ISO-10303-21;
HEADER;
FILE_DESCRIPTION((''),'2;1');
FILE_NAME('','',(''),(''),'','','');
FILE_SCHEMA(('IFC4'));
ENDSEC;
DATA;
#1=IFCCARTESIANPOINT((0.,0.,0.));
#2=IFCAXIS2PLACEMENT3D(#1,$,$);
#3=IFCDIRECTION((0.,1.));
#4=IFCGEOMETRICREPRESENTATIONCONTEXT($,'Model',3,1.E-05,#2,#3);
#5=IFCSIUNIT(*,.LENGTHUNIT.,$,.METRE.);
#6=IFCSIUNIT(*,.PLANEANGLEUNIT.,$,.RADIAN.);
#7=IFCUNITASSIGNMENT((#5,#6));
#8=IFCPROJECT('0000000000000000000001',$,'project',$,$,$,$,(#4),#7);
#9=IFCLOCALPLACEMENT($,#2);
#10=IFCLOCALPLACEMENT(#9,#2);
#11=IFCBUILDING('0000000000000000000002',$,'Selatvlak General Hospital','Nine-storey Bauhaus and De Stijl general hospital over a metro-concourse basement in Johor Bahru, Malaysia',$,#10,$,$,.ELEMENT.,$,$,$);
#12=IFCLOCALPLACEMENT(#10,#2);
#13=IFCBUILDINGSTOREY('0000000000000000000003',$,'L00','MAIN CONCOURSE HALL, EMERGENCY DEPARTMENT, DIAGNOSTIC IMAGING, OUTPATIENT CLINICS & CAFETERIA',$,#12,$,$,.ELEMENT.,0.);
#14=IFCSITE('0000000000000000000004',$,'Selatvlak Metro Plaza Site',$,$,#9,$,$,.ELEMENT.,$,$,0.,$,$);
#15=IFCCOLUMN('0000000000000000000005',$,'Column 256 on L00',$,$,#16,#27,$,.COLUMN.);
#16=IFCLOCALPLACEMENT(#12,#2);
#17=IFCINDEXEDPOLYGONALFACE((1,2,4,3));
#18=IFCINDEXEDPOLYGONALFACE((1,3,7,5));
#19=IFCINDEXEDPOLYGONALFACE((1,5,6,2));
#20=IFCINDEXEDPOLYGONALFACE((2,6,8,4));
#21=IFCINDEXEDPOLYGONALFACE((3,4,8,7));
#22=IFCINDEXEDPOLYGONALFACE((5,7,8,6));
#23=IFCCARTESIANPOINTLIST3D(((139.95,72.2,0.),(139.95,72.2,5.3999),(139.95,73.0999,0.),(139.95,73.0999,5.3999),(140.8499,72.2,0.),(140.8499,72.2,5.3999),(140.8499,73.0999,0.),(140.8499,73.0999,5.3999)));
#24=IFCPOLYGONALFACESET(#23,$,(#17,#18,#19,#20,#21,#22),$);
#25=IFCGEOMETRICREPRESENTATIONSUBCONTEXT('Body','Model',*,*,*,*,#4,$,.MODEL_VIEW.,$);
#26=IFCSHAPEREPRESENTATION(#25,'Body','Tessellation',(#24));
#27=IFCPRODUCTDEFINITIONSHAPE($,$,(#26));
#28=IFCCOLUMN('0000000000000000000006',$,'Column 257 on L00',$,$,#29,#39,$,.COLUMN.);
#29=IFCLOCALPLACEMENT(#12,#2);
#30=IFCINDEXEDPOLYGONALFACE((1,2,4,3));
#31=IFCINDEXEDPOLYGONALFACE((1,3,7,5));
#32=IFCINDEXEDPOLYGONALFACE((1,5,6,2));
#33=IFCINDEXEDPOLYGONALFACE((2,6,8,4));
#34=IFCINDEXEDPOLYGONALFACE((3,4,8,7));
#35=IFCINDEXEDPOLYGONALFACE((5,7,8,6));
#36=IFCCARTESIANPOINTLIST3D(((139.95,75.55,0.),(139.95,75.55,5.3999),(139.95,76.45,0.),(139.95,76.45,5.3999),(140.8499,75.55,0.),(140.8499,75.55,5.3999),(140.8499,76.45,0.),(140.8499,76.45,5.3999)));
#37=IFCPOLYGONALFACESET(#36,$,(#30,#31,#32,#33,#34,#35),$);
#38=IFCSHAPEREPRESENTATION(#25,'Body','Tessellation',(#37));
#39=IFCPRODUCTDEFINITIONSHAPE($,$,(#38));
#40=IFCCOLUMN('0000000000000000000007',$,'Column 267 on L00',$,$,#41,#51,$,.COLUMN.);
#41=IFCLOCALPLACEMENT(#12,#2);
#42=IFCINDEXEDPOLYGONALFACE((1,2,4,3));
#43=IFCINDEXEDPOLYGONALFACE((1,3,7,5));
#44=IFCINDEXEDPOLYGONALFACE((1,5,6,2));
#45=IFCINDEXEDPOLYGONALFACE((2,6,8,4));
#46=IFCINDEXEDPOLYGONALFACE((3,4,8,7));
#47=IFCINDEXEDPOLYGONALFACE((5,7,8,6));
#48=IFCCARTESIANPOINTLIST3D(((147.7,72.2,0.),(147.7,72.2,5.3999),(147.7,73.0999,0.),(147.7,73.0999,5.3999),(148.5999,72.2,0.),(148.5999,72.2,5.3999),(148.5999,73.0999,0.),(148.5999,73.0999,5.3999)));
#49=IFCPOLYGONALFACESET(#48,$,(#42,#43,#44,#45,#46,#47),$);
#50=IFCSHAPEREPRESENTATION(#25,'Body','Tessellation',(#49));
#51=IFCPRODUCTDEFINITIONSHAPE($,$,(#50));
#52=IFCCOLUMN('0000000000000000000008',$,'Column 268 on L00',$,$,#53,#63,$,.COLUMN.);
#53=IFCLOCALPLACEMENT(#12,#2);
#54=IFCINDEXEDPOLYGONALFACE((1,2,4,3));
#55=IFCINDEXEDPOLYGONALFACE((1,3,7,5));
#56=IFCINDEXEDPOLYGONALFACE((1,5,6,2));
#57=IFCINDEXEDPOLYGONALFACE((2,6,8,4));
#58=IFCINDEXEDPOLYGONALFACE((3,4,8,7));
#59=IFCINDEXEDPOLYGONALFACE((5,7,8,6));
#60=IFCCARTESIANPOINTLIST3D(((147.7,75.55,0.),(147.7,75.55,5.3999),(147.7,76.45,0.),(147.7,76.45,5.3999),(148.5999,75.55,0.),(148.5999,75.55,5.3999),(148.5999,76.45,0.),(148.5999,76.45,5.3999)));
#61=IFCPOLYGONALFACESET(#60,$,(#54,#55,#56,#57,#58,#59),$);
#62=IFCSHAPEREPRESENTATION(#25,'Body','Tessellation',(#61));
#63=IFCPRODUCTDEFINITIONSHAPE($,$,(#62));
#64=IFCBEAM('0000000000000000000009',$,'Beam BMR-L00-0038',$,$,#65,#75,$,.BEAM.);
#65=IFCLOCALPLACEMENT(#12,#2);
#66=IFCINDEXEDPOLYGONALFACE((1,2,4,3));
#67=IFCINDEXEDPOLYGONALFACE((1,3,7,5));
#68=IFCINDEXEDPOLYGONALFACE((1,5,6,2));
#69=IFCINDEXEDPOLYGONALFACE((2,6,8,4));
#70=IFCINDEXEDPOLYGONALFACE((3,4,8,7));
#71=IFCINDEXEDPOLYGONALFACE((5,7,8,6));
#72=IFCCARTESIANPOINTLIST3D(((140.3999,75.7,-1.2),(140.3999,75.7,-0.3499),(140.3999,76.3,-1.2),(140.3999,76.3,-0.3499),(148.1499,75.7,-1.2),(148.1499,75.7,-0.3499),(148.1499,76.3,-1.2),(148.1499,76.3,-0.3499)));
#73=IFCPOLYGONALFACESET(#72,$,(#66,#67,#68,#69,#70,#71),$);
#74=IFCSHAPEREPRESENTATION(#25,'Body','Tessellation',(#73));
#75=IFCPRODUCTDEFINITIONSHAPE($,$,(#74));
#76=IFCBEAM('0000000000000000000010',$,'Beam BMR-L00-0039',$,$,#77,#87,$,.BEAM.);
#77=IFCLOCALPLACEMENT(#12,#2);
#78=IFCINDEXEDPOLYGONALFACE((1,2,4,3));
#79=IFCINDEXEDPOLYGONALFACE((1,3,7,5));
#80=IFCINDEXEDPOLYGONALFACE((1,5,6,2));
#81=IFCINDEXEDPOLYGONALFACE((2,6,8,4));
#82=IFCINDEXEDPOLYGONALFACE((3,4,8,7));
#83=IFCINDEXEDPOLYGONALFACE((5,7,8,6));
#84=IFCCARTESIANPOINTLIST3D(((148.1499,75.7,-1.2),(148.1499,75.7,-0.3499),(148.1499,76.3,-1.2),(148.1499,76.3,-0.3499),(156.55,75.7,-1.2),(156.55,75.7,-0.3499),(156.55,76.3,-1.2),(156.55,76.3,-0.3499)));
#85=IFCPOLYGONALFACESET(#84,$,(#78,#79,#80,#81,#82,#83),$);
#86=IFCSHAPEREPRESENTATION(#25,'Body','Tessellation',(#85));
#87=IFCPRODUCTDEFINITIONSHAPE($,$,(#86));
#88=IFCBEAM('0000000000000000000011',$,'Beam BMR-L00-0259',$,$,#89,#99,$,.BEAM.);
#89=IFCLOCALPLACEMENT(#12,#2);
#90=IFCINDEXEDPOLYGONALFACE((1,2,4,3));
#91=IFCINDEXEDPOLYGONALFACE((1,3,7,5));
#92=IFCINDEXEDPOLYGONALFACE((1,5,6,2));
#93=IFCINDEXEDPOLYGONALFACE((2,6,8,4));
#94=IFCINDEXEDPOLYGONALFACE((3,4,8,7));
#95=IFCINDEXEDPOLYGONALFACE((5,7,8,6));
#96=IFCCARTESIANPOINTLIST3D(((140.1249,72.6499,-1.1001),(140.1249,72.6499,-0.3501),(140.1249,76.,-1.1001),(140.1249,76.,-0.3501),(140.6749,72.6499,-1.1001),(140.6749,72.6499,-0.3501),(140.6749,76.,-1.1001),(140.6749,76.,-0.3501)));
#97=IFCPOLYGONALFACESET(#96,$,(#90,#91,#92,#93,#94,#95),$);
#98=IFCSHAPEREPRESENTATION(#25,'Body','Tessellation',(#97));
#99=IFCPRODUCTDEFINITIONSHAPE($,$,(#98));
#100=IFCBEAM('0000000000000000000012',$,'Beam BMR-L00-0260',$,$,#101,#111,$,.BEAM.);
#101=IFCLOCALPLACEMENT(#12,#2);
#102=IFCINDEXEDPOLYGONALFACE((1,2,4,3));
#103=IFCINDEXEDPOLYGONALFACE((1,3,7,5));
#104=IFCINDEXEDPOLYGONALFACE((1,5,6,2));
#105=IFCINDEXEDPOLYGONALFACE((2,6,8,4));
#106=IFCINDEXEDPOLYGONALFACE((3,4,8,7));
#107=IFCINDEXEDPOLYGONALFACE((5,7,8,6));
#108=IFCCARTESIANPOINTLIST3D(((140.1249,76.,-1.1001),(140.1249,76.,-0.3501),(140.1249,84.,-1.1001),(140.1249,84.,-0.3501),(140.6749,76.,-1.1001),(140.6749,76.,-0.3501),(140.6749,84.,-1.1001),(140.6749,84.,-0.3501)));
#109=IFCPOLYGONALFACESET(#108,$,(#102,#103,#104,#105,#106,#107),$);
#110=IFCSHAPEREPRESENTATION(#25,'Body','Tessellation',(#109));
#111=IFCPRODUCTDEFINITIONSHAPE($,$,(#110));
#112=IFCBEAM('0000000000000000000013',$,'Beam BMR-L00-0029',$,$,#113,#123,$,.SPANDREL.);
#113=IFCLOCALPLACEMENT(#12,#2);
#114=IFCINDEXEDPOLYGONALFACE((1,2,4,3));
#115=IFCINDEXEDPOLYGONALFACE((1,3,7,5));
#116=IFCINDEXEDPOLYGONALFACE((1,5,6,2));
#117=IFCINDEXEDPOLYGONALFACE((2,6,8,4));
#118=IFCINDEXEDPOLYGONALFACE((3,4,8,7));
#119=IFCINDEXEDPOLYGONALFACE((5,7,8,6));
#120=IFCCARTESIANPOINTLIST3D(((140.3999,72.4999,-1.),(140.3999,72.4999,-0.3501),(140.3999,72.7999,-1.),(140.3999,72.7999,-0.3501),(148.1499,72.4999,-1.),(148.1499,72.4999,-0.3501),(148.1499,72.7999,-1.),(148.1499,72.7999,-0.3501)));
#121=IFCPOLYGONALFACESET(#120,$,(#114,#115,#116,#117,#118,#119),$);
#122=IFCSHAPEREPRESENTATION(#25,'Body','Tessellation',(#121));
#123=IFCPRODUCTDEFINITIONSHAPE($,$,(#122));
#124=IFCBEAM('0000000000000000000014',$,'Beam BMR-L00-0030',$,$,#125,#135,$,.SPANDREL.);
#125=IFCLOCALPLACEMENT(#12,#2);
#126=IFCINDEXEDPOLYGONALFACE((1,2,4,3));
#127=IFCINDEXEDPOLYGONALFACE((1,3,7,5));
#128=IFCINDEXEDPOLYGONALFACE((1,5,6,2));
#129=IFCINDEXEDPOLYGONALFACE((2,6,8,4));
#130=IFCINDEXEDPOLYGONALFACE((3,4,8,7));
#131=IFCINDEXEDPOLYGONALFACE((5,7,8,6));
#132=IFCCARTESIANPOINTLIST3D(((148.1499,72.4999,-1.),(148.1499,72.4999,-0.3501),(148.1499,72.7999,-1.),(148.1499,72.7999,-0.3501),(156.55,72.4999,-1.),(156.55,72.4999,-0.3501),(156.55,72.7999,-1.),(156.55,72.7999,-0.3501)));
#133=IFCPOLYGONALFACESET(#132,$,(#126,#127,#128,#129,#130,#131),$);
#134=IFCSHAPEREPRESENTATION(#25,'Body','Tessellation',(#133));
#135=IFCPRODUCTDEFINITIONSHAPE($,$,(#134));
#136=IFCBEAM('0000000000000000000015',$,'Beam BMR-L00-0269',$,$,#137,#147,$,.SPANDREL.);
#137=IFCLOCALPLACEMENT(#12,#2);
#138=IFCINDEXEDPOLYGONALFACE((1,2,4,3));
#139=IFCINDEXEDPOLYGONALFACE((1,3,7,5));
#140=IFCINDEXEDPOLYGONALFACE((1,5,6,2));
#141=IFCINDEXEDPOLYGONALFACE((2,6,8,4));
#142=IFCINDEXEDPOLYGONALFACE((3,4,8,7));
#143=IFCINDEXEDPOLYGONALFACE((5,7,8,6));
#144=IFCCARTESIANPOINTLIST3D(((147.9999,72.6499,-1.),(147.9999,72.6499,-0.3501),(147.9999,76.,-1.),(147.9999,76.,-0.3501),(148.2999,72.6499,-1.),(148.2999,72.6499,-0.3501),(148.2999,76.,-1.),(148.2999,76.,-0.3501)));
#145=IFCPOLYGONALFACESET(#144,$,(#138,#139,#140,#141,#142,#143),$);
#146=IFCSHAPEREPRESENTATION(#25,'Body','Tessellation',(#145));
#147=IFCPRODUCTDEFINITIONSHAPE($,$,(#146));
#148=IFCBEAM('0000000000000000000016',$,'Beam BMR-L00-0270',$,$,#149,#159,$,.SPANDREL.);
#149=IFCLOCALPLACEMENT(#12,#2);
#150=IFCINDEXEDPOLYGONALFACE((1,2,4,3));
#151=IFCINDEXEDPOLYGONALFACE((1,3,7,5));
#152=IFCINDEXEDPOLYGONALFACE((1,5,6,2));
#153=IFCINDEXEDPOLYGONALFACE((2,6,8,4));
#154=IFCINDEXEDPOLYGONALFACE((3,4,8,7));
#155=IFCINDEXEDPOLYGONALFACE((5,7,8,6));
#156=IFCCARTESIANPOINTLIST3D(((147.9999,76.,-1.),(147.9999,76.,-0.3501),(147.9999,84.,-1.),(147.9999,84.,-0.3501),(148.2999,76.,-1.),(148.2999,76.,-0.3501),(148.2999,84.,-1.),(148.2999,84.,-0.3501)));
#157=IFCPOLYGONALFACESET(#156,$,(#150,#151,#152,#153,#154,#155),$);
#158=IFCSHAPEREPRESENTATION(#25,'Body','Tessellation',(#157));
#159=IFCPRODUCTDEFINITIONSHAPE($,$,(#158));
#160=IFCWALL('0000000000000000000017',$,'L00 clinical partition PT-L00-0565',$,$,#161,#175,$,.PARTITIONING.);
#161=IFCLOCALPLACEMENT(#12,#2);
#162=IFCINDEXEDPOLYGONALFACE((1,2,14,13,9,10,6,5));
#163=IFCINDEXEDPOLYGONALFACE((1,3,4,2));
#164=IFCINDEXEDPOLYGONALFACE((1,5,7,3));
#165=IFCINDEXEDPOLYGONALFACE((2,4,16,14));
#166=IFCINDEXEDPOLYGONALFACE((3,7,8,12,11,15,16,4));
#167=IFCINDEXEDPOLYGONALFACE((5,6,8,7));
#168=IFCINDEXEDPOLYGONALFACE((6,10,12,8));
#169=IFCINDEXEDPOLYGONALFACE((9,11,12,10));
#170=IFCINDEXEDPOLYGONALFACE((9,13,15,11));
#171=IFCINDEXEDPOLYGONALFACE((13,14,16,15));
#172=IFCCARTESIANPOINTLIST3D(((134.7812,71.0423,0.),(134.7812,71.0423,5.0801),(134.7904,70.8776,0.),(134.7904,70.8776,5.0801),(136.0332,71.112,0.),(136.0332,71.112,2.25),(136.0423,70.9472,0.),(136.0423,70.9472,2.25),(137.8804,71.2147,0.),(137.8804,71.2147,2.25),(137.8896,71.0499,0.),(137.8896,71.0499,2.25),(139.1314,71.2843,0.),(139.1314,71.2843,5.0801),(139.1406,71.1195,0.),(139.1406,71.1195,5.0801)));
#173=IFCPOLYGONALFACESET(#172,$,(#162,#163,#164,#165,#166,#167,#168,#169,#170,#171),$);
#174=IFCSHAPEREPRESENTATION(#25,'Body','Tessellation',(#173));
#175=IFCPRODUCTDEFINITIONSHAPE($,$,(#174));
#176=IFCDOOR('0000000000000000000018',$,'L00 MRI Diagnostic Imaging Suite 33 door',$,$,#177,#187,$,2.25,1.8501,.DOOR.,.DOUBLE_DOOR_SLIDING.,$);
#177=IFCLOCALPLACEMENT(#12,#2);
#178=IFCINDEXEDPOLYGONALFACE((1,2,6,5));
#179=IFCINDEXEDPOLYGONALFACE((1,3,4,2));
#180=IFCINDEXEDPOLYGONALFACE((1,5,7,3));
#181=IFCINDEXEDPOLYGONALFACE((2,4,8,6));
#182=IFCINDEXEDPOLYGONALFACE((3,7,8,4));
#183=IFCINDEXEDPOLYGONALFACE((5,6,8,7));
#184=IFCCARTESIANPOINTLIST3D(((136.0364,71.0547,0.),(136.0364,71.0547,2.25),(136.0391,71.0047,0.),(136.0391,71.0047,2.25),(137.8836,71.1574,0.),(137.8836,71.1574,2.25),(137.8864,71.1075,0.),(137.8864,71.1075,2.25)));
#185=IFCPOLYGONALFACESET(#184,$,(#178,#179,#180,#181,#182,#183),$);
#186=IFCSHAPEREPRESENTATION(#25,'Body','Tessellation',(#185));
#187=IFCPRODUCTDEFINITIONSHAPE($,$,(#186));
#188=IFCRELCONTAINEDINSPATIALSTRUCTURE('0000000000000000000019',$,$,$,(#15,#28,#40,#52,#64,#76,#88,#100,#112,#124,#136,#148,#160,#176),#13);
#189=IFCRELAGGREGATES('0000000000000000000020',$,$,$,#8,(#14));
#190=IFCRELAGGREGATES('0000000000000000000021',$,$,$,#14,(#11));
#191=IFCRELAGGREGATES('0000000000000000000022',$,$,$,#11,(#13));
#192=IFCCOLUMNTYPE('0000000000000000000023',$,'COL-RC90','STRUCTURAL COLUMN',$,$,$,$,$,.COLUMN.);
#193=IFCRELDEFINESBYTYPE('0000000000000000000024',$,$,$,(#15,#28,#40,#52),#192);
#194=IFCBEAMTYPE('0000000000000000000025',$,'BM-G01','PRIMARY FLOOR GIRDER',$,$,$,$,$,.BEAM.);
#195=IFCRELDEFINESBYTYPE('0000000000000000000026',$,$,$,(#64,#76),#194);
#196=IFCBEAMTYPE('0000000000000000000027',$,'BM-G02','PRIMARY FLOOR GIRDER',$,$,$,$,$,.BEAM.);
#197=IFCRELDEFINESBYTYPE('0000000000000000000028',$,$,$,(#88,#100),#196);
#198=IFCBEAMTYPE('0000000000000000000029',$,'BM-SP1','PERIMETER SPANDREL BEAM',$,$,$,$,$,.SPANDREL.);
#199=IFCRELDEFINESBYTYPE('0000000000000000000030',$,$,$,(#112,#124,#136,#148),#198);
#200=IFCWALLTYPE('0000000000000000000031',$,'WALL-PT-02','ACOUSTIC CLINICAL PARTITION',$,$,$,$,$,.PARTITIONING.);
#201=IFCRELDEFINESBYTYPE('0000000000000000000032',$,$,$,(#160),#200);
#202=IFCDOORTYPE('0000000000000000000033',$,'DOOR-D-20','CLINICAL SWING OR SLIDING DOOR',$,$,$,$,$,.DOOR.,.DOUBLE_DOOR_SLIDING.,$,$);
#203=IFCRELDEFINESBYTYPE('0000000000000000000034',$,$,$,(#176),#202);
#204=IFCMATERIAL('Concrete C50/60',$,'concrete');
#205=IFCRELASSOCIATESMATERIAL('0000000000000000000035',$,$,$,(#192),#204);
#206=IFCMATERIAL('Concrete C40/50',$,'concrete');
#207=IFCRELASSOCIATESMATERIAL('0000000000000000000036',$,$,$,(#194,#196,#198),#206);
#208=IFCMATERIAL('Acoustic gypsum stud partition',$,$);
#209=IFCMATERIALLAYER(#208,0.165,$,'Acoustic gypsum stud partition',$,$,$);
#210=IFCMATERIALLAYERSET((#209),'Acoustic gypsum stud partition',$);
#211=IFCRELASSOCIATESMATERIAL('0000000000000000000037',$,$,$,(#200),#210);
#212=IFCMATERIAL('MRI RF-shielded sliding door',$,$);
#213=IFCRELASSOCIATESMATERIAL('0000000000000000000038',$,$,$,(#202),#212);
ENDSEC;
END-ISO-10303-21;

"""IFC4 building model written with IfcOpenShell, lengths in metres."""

from ifc_helpers import new_model, si_unit, direction, frame, frame_2d, origin, origin_2d, place, context, subcontext, project, spatial, rectangle, extrude, material, layer, layer_set, material_profile, profile_set, type_object, element, fill, save


model = new_model("IFC4")

# Units and contexts
model_context = context("Model", 3, precision=1e-05, world=origin(), true_north=direction((0.0, 1.0)))
body_context = subcontext(model_context, "Body", "Model", "MODEL_VIEW")
ifc_project = project(units=[si_unit("LENGTHUNIT", "METRE"), si_unit("PLANEANGLEUNIT", "RADIAN")], contexts=[model_context])

# Site, building, storey
site_placement = place(None, origin())
site = spatial("IfcSite", under=ifc_project, at=site_placement, Name="Selatvlak Metro Plaza Site", CompositionType="ELEMENT", RefElevation=0.0)
building_placement = place(site_placement, origin())
building = spatial("IfcBuilding", under=site, at=building_placement, Name="Selatvlak General Hospital", Description="Nine-storey Bauhaus and De Stijl general hospital over a metro-concourse basement in Johor Bahru, Malaysia", CompositionType="ELEMENT")
storey_placement = place(building_placement, origin())
storey = spatial("IfcBuildingStorey", under=building, at=storey_placement, Name="L00", Description="MAIN CONCOURSE HALL, EMERGENCY DEPARTMENT, DIAGNOSTIC IMAGING, OUTPATIENT CLINICS & CAFETERIA", CompositionType="ELEMENT", Elevation=0.0)

# Columns
ifc_material_1 = material(Name="Concrete C50/60", Category="concrete")
ifc_material_profile_1 = material_profile(ifc_material_1, rectangle(XDim=0.8999, YDim=0.8999, at=origin_2d()), Name="RC-COL 900x900")
ifc_profile_set_1 = profile_set([ifc_material_profile_1], Name="Concrete C50/60")
column_type = type_object("IfcColumnType", Name="COL-RC90", Description="STRUCTURAL COLUMN", PredefinedType="COLUMN", material=ifc_profile_set_1)
for number, where, z_axis, x_axis, name in (
    (1, (140.3999, 72.6499, 0.0), (0.0, 0.0, 1.0), (1.0, 0.0, 0.0), "Column 256 on L00"),
    (2, (140.3999, 76.0, 0.0), (0.0, 0.0, 1.0), (1.0, 0.0, 0.0), "Column 257 on L00"),
    (3, (148.1499, 72.6499, 0.0), (0.0, 0.0, 1.0), (1.0, 0.0, 0.0), "Column 267 on L00"),
    (4, (148.1499, 76.0, 0.0), (0.0, 0.0, 1.0), (1.0, 0.0, 0.0), "Column 268 on L00"),
):
    element("IfcColumn", number, at=place(storey_placement, frame(where, z_axis=z_axis, x_axis=x_axis)), inside=storey, type_object=column_type, Name=name, PredefinedType="COLUMN", context=body_context, shape_type="SweptSolid", body=[
        extrude(rectangle(XDim=0.8999, YDim=0.8999, at=origin_2d()), origin(), (0.0, 0.0, 1.0), 5.3999),
    ])

# Beams
ifc_material_2 = material(Name="Concrete C40/50", Category="concrete")
ifc_material_profile_2 = material_profile(ifc_material_2, rectangle(XDim=0.6001, YDim=0.8501, at=origin_2d()), Name="RC-BM 600x850")
ifc_profile_set_2 = profile_set([ifc_material_profile_2], Name="Concrete C40/50")
beam_type_1 = type_object("IfcBeamType", Name="BM-G01", Description="PRIMARY FLOOR GIRDER", PredefinedType="BEAM", material=ifc_profile_set_2)
beam_1_placement = place(storey_placement, frame((140.3999, 76.0, -0.7749), z_axis=(1.0, 0.0, 0.0), x_axis=(0.0, 1.0, 0.0)))
element("IfcBeam", 5, at=beam_1_placement, inside=storey, type_object=beam_type_1, Name="Beam BMR-L00-0038", PredefinedType="BEAM", context=body_context, shape_type="SweptSolid", body=[
    extrude(rectangle(XDim=0.6001, YDim=0.8501, at=origin_2d()), origin(), (0.0, 0.0, 1.0), 7.75),
])
beam_2_placement = place(storey_placement, frame((148.1499, 76.0, -0.7749), z_axis=(1.0, 0.0, 0.0), x_axis=(0.0, 1.0, 0.0)))
element("IfcBeam", 6, at=beam_2_placement, inside=storey, type_object=beam_type_1, Name="Beam BMR-L00-0039", PredefinedType="BEAM", context=body_context, shape_type="SweptSolid", body=[
    extrude(rectangle(XDim=0.6001, YDim=0.8501, at=origin_2d()), origin(), (0.0, 0.0, 1.0), 8.4001),
])
ifc_material_profile_3 = material_profile(ifc_material_2, rectangle(XDim=0.55, YDim=0.75, at=origin_2d()), Name="RC-BM 550x750")
ifc_profile_set_3 = profile_set([ifc_material_profile_3], Name="Concrete C40/50")
beam_type_2 = type_object("IfcBeamType", Name="BM-G02", Description="PRIMARY FLOOR GIRDER", PredefinedType="BEAM", material=ifc_profile_set_3)
beam_3_placement = place(storey_placement, frame((140.3999, 72.6499, -0.7251), z_axis=(0.0, 1.0, 0.0), x_axis=(-1.0, 0.0, 0.0)))
element("IfcBeam", 7, at=beam_3_placement, inside=storey, type_object=beam_type_2, Name="Beam BMR-L00-0259", PredefinedType="BEAM", context=body_context, shape_type="SweptSolid", body=[
    extrude(rectangle(XDim=0.55, YDim=0.75, at=origin_2d()), origin(), (0.0, 0.0, 1.0), 3.3501),
])
beam_4_placement = place(storey_placement, frame((140.3999, 76.0, -0.7251), z_axis=(0.0, 1.0, 0.0), x_axis=(-1.0, 0.0, 0.0)))
element("IfcBeam", 8, at=beam_4_placement, inside=storey, type_object=beam_type_2, Name="Beam BMR-L00-0260", PredefinedType="BEAM", context=body_context, shape_type="SweptSolid", body=[
    extrude(rectangle(XDim=0.55, YDim=0.75, at=origin_2d()), origin(), (0.0, 0.0, 1.0), 8.0),
])
ifc_material_profile_4 = material_profile(ifc_material_2, rectangle(XDim=0.3, YDim=0.6499, at=origin_2d()), Name="RC-SP 300x650")
ifc_profile_set_4 = profile_set([ifc_material_profile_4], Name="Concrete C40/50")
beam_type_3 = type_object("IfcBeamType", Name="BM-SP1", Description="PERIMETER SPANDREL BEAM", PredefinedType="SPANDREL", material=ifc_profile_set_4)
beam_5_placement = place(storey_placement, frame((140.3999, 72.6499, -0.675), z_axis=(1.0, 0.0, 0.0), x_axis=(0.0, 1.0, 0.0)))
element("IfcBeam", 9, at=beam_5_placement, inside=storey, type_object=beam_type_3, Name="Beam BMR-L00-0029", PredefinedType="SPANDREL", context=body_context, shape_type="SweptSolid", body=[
    extrude(rectangle(XDim=0.3, YDim=0.6499, at=origin_2d()), origin(), (0.0, 0.0, 1.0), 7.75),
])
beam_6_placement = place(storey_placement, frame((148.1499, 72.6499, -0.675), z_axis=(1.0, 0.0, 0.0), x_axis=(0.0, 1.0, 0.0)))
element("IfcBeam", 10, at=beam_6_placement, inside=storey, type_object=beam_type_3, Name="Beam BMR-L00-0030", PredefinedType="SPANDREL", context=body_context, shape_type="SweptSolid", body=[
    extrude(rectangle(XDim=0.3, YDim=0.6499, at=origin_2d()), origin(), (0.0, 0.0, 1.0), 8.4001),
])
beam_7_placement = place(storey_placement, frame((148.1499, 72.6499, -0.675), z_axis=(0.0, 1.0, 0.0), x_axis=(-1.0, 0.0, 0.0)))
element("IfcBeam", 11, at=beam_7_placement, inside=storey, type_object=beam_type_3, Name="Beam BMR-L00-0269", PredefinedType="SPANDREL", context=body_context, shape_type="SweptSolid", body=[
    extrude(rectangle(XDim=0.3, YDim=0.6499, at=origin_2d()), origin(), (0.0, 0.0, 1.0), 3.3501),
])
beam_8_placement = place(storey_placement, frame((148.1499, 76.0, -0.675), z_axis=(0.0, 1.0, 0.0), x_axis=(-1.0, 0.0, 0.0)))
element("IfcBeam", 12, at=beam_8_placement, inside=storey, type_object=beam_type_3, Name="Beam BMR-L00-0270", PredefinedType="SPANDREL", context=body_context, shape_type="SweptSolid", body=[
    extrude(rectangle(XDim=0.3, YDim=0.6499, at=origin_2d()), origin(), (0.0, 0.0, 1.0), 8.0),
])

# Wall, opening, door
ifc_material_3 = material(Name="Acoustic gypsum stud partition")
ifc_layer_1 = layer(ifc_material_3, 0.165, Name="Acoustic gypsum stud partition")
ifc_layer_set_1 = layer_set([ifc_layer_1], Name="Acoustic gypsum stud partition")
wall_type_1 = type_object("IfcWallType", Name="WALL-PT-02", Description="ACOUSTIC CLINICAL PARTITION", PredefinedType="PARTITIONING", material=ifc_layer_set_1)
wall_1_placement = place(storey_placement, frame((139.136, 71.2019, 0.0), z_axis=(0.0, 0.0, 1.0), x_axis=(-0.998457, -0.055532, 0.0)))
wall_1 = element("IfcWall", 13, at=wall_1_placement, inside=storey, type_object=wall_type_1, Name="L00 clinical partition PT-L00-0565", PredefinedType="PARTITIONING", context=body_context, shape_type="SweptSolid", body=[
    extrude(rectangle(XDim=4.3569, YDim=0.165, at=frame_2d((2.1785, 0.0))), origin(), (0.0, 0.0, 1.0), 5.0801),
])
opening_1_placement = place(wall_1_placement, frame((1.2529, 0.0, 0.0)))
opening_1 = element("IfcOpeningElement", 14, at=opening_1_placement, cuts=wall_1, PredefinedType="OPENING", context=body_context, shape_type="SweptSolid", body=[
    extrude(rectangle(XDim=1.8501, YDim=2.25, at=frame_2d((0.925, 1.125))), frame((0.0, 0.0925, 0.0), z_axis=(0.0, -1.0, 0.0), x_axis=(1.0, 0.0, 0.0)), (0.0, 0.0, 1.0), 0.1851),
])
ifc_material_4 = material(Name="MRI RF-shielded sliding door")
door_type_1 = type_object("IfcDoorType", Name="DOOR-D-20", Description="CLINICAL SWING OR SLIDING DOOR", OperationType="DOUBLE_DOOR_SLIDING", PredefinedType="DOOR", material=ifc_material_4)
door_1_placement = place(opening_1_placement, origin())
door_1 = element("IfcDoor", 15, at=door_1_placement, inside=storey, type_object=door_type_1, Name="L00 MRI Diagnostic Imaging Suite 33 door", OperationType="DOUBLE_DOOR_SLIDING", OverallHeight=2.25, OverallWidth=1.8501, PredefinedType="DOOR", context=body_context, shape_type="SweptSolid", body=[
    extrude(rectangle(XDim=1.8501, YDim=2.25, at=frame_2d((0.925, 1.125))), frame((0.0, 0.0249, 0.0), z_axis=(0.0, -1.0, 0.0), x_axis=(1.0, 0.0, 0.0)), (0.0, 0.0, 1.0), 0.05),
])
fill(opening_1, door_1)

save(model, "model.ifc")
